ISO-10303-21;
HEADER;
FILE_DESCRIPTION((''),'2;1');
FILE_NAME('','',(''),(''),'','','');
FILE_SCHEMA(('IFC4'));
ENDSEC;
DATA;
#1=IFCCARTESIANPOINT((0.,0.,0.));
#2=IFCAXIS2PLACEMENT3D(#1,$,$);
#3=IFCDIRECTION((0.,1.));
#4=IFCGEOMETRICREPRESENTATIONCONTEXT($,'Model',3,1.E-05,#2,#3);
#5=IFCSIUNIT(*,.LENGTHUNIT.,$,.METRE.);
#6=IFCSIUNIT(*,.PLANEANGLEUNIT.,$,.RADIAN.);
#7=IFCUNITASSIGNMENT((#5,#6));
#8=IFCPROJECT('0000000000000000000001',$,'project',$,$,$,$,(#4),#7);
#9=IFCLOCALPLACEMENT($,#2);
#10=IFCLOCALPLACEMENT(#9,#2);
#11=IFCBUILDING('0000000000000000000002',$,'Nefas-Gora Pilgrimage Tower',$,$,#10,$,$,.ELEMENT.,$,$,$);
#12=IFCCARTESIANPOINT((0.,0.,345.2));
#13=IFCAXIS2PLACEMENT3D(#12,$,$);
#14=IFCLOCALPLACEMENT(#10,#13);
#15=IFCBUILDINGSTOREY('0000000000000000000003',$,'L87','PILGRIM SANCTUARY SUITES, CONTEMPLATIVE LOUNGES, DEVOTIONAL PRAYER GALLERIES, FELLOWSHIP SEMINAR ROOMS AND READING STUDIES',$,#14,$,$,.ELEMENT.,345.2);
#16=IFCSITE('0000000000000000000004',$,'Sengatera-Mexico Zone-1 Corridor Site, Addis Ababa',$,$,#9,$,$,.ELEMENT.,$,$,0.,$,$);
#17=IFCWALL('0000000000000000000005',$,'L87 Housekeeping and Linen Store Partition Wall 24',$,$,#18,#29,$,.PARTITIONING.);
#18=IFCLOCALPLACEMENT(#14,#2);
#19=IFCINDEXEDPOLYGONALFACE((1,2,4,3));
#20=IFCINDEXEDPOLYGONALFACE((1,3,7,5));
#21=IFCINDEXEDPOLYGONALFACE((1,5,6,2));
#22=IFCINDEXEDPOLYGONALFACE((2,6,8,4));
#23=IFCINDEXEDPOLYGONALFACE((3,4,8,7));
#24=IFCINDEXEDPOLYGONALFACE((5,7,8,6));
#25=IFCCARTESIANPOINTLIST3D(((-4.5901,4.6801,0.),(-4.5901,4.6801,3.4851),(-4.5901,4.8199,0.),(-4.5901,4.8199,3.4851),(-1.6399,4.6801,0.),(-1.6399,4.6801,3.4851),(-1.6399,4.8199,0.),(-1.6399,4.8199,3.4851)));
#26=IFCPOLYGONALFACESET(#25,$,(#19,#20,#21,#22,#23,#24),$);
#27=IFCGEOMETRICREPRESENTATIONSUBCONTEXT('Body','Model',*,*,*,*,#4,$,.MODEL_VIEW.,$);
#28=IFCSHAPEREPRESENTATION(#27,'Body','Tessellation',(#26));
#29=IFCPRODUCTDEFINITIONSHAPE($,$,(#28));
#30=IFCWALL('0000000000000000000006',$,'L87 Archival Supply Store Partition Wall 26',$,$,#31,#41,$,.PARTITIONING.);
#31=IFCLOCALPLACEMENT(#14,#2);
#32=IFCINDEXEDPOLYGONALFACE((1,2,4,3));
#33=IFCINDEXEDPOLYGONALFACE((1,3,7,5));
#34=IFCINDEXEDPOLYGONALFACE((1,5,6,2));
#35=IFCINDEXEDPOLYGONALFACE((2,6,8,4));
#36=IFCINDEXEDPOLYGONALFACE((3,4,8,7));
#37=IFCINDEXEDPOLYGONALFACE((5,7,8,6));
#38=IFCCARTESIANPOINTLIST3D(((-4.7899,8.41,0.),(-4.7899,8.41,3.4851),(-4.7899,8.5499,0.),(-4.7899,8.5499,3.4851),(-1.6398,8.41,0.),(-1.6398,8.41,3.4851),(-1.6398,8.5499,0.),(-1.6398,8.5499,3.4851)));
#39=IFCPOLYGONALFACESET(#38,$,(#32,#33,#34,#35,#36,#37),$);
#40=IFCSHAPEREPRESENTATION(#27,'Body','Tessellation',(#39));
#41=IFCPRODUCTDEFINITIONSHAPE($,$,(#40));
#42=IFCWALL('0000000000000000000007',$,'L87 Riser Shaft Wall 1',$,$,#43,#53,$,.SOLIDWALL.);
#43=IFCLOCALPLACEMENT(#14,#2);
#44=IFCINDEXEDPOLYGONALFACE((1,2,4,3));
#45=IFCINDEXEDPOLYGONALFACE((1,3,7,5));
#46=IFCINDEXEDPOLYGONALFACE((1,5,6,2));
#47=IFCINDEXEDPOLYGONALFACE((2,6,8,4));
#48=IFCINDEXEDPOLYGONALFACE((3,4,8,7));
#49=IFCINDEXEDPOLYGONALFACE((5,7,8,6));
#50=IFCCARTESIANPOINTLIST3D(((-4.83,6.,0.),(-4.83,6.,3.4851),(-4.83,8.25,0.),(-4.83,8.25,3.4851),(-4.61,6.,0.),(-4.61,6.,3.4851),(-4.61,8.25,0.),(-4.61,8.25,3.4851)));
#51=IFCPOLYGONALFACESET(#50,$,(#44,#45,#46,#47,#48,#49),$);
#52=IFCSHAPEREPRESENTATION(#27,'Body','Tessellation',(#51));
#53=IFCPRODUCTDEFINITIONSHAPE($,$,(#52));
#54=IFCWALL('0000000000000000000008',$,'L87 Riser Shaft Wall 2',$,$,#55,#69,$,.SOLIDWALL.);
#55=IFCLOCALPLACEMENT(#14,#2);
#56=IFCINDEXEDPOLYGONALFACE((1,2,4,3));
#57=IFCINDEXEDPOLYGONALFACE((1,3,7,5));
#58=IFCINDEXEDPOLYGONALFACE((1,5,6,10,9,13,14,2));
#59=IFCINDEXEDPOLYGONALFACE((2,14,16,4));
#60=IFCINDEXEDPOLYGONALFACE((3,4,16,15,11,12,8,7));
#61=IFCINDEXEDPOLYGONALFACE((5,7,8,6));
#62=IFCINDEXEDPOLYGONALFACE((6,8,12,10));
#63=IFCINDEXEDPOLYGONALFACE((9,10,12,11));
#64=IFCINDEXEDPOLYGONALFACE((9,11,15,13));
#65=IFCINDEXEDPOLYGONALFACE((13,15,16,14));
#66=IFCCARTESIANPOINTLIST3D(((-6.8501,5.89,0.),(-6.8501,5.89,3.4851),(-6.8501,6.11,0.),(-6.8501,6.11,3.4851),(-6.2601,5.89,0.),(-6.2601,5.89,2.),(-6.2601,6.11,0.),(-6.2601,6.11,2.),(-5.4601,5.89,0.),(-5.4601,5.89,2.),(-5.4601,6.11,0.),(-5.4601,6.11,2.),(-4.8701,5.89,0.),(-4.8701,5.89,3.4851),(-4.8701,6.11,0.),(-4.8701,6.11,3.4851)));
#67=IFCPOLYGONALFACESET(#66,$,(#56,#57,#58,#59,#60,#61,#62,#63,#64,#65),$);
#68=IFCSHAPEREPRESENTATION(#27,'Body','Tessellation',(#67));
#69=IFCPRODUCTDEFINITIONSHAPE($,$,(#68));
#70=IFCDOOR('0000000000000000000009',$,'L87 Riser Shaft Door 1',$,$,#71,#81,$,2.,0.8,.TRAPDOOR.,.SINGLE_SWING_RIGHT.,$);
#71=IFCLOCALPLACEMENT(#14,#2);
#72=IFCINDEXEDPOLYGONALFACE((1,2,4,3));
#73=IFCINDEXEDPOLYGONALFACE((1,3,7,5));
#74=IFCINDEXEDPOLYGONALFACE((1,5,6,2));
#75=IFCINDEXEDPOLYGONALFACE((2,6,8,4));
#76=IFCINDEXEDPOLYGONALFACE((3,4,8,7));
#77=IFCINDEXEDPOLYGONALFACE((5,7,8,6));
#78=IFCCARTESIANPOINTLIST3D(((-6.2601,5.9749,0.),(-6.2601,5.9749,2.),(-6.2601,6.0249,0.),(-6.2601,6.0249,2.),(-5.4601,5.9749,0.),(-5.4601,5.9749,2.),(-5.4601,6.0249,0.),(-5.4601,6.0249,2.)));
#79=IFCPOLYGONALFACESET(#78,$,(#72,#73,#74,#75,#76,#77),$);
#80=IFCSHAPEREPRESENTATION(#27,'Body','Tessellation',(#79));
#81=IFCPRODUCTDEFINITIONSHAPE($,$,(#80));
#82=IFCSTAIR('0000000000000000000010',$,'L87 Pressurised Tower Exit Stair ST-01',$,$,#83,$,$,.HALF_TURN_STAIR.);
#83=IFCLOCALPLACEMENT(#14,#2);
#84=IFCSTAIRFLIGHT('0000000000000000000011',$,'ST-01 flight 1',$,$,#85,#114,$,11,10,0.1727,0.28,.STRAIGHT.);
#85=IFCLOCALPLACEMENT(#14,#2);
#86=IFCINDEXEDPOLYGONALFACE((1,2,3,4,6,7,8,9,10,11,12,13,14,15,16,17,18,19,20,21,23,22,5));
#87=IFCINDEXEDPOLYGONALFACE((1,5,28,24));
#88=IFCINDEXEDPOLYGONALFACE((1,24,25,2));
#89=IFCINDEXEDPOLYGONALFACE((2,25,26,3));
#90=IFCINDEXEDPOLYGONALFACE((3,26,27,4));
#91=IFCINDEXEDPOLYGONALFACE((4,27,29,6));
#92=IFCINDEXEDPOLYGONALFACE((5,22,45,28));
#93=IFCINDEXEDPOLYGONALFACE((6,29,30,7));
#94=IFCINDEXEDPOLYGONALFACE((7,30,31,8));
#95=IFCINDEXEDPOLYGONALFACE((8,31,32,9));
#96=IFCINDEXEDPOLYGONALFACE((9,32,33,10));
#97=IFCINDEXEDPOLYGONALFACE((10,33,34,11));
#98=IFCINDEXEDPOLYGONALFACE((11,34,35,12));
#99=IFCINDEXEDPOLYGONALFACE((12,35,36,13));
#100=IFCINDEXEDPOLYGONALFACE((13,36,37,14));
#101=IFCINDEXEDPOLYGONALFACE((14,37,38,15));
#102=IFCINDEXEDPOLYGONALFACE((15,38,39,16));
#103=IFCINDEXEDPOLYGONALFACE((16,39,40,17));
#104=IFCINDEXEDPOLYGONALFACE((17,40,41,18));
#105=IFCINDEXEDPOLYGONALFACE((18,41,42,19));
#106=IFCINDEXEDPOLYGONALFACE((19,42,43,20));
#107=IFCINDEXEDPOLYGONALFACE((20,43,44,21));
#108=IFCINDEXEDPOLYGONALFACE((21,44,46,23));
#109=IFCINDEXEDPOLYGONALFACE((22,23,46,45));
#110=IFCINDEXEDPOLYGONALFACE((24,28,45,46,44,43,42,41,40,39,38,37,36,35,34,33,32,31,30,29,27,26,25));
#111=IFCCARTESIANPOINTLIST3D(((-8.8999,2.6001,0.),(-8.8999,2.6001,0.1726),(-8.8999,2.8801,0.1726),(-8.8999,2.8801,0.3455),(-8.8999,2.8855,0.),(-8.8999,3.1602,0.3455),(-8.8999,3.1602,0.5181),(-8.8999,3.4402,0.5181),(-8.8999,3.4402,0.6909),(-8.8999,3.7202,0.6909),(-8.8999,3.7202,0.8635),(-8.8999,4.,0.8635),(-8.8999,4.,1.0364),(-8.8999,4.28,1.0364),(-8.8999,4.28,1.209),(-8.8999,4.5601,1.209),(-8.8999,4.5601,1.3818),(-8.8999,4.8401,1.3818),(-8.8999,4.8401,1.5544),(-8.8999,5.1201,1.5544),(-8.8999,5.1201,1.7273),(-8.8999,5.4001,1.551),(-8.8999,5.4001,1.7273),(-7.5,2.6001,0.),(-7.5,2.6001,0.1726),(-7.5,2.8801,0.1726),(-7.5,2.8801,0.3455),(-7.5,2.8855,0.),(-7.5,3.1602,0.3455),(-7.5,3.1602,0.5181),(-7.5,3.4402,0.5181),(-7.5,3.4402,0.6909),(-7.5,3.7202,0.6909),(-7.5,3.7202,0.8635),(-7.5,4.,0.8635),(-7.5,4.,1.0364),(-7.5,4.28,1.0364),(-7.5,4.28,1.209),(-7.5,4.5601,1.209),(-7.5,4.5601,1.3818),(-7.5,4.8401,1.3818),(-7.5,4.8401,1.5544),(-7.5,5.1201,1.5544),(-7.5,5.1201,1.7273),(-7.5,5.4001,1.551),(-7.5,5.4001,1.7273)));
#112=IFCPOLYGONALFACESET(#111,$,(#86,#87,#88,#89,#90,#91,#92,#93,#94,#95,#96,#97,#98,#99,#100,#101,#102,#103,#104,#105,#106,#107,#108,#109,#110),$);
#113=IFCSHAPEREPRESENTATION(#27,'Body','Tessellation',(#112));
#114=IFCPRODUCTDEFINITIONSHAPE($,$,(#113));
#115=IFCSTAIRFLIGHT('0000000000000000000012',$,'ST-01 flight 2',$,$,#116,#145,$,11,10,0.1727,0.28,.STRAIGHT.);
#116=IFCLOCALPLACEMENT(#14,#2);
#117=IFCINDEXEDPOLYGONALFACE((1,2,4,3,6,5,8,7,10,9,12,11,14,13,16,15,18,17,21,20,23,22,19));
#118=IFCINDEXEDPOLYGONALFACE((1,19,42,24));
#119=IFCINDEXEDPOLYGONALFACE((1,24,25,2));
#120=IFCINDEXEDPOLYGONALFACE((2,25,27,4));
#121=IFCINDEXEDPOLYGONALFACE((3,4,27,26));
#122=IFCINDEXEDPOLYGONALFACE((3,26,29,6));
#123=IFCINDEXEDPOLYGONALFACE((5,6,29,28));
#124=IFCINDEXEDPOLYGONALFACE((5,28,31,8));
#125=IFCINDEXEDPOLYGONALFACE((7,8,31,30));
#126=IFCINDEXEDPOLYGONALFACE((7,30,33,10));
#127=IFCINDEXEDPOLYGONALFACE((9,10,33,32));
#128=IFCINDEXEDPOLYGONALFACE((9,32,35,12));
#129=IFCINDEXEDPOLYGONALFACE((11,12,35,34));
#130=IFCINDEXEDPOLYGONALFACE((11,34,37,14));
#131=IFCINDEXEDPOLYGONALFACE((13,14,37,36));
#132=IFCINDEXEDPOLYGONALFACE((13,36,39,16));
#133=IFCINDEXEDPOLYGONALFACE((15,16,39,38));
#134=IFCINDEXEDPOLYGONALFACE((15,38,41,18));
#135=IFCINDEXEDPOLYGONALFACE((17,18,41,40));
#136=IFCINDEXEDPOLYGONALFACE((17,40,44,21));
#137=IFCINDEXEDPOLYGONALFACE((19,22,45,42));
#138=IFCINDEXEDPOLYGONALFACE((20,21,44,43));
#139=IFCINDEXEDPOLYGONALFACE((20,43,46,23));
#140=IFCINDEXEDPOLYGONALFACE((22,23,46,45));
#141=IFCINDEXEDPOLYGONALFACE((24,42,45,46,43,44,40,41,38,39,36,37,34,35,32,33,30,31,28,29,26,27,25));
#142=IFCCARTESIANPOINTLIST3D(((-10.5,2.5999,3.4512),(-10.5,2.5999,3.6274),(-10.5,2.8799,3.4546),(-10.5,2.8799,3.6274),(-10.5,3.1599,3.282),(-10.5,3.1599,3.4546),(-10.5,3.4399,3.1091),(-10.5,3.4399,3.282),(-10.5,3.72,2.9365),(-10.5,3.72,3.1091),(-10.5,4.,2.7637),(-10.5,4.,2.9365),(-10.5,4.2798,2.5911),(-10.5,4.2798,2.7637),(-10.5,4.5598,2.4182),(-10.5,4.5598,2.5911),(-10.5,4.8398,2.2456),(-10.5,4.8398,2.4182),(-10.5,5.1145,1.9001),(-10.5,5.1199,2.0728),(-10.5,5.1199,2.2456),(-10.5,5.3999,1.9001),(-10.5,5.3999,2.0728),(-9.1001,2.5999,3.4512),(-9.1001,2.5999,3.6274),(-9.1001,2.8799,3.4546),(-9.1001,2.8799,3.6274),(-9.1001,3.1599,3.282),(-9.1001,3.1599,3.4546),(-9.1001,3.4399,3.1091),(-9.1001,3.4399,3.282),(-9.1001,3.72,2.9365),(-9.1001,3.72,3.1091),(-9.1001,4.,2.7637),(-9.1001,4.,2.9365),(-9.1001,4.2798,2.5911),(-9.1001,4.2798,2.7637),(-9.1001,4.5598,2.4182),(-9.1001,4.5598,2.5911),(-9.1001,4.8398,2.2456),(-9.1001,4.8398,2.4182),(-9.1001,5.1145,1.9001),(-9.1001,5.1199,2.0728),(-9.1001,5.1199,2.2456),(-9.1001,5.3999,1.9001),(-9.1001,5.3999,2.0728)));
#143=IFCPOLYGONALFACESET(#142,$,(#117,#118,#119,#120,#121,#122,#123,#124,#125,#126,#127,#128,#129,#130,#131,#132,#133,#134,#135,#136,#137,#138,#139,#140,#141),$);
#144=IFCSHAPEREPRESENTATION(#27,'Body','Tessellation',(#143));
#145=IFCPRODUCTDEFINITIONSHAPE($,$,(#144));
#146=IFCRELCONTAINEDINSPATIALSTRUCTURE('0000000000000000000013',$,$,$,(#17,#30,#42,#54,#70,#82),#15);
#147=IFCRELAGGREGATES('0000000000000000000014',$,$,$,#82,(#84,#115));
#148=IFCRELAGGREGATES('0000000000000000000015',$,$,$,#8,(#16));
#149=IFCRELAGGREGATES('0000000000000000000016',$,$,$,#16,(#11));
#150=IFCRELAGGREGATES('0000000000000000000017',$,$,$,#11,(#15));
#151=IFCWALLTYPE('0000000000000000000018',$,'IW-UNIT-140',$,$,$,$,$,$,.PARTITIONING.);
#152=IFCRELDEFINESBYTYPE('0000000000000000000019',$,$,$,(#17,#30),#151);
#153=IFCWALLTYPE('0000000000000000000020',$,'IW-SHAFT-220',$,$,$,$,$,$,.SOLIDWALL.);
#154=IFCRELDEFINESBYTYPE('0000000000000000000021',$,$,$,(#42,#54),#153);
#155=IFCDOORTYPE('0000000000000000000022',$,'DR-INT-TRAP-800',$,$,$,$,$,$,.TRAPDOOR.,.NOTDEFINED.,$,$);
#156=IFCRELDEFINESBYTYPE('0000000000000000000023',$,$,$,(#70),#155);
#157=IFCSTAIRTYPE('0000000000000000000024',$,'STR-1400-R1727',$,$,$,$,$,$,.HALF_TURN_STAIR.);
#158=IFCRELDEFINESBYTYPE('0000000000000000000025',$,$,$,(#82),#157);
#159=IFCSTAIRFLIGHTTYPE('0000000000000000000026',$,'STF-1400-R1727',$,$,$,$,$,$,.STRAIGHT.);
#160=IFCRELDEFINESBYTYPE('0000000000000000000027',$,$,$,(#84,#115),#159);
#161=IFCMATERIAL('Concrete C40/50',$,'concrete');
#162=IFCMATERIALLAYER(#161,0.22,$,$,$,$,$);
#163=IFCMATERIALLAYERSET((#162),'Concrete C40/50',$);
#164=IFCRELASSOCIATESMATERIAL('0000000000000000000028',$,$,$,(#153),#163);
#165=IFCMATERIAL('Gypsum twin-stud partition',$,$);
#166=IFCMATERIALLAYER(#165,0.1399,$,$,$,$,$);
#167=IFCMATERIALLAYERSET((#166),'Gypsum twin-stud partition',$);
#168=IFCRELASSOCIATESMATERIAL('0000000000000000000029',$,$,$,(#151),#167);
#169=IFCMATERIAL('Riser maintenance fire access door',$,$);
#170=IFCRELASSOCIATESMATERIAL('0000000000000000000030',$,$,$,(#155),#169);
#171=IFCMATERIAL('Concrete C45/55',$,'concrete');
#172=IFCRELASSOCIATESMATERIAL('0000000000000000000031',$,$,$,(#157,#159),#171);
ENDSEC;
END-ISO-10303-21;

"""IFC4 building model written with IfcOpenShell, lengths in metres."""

from ifc_helpers import new_model, si_unit, direction, frame, frame_2d, origin, place, context, subcontext, project, spatial, polyline, rectangle, outline, extrude, source, transform, mapped, material, layer, layer_set, type_object, element, fill, aggregate, save


model = new_model("IFC4")

# Units and contexts
model_context = context("Model", 3, precision=1e-05, world=origin(), true_north=direction((0.0, 1.0)))
body_context = subcontext(model_context, "Body", "Model", "MODEL_VIEW")
ifc_project = project(units=[si_unit("LENGTHUNIT", "METRE"), si_unit("PLANEANGLEUNIT", "RADIAN")], contexts=[model_context])

# Site, building, storey
site_placement = place(None, origin())
site = spatial("IfcSite", under=ifc_project, at=site_placement, Name="Sengatera-Mexico Zone-1 Corridor Site, Addis Ababa", CompositionType="ELEMENT", RefElevation=0.0)
building_placement = place(site_placement, origin())
building = spatial("IfcBuilding", under=site, at=building_placement, Name="Nefas-Gora Pilgrimage Tower", CompositionType="ELEMENT")
storey_placement = place(building_placement, frame((0.0, 0.0, 345.2)))
storey = spatial("IfcBuildingStorey", under=building, at=storey_placement, Name="L87", Description="PILGRIM SANCTUARY SUITES, CONTEMPLATIVE LOUNGES, DEVOTIONAL PRAYER GALLERIES, FELLOWSHIP SEMINAR ROOMS AND READING STUDIES", CompositionType="ELEMENT", Elevation=345.2)

# Shared definitions
ifc_material_1 = material(Name="Concrete C45/55", Category="concrete")

# Shared definitions
ifc_material_2 = material(Name="Concrete C40/50", Category="concrete")
ifc_layer_1 = layer(ifc_material_2, 0.22)
ifc_layer_set_1 = layer_set([ifc_layer_1], Name="Concrete C40/50")
wall_type_1 = type_object("IfcWallType", Name="IW-SHAFT-220", PredefinedType="SOLIDWALL", material=ifc_layer_set_1)

# Walls
ifc_material_3 = material(Name="Gypsum twin-stud partition")
ifc_layer_2 = layer(ifc_material_3, 0.1399)
ifc_layer_set_2 = layer_set([ifc_layer_2], Name="Gypsum twin-stud partition")
wall_type_2 = type_object("IfcWallType", Name="IW-UNIT-140", PredefinedType="PARTITIONING", material=ifc_layer_set_2)
shared_shape_1 = source(origin(), body_context, "Body", "SweptSolid", [
    extrude(rectangle(XDim=2.9502, YDim=0.1399, at=frame_2d((1.4751, 0.0))), origin(), (0.0, 0.0, 1.0), 3.4851),
])
wall_1_placement = place(storey_placement, frame((-4.5901, 4.75, 0.0), z_axis=(0.0, 0.0, 1.0), x_axis=(1.0, 0.0, 0.0)))
element("IfcWall", 1, at=wall_1_placement, inside=storey, type_object=wall_type_2, Name="L87 Housekeeping and Linen Store Partition Wall 24", PredefinedType="PARTITIONING", context=body_context, shape_type="MappedRepresentation", body=[
    mapped(shared_shape_1, transform((0.0, 0.0, 0.0), x_axis=(1.0, 0.0, 0.0), y_axis=(0.0, 1.0, 0.0), z_axis=(0.0, 0.0, 1.0), scale=1.0)),
])
shared_shape_2 = source(origin(), body_context, "Body", "SweptSolid", [
    extrude(rectangle(XDim=3.1501, YDim=0.1399, at=frame_2d((1.5752, 0.0))), origin(), (0.0, 0.0, 1.0), 3.4851),
])
wall_2_placement = place(storey_placement, frame((-4.79, 8.48, 0.0), z_axis=(0.0, 0.0, 1.0), x_axis=(1.0, 0.0, 0.0)))
element("IfcWall", 2, at=wall_2_placement, inside=storey, type_object=wall_type_2, Name="L87 Archival Supply Store Partition Wall 26", PredefinedType="PARTITIONING", context=body_context, shape_type="MappedRepresentation", body=[
    mapped(shared_shape_2, transform((0.0, 0.0, 0.0), x_axis=(1.0, 0.0, 0.0), y_axis=(0.0, 1.0, 0.0), z_axis=(0.0, 0.0, 1.0), scale=1.0)),
])
shared_shape_3 = source(origin(), body_context, "Body", "SweptSolid", [
    extrude(rectangle(XDim=2.25, YDim=0.22, at=frame_2d((1.125, 0.0))), origin(), (0.0, 0.0, 1.0), 3.4851),
])
wall_3_placement = place(storey_placement, frame((-4.72, 6.0, 0.0), z_axis=(0.0, 0.0, 1.0), x_axis=(0.0, 1.0, 0.0)))
element("IfcWall", 3, at=wall_3_placement, inside=storey, type_object=wall_type_1, Name="L87 Riser Shaft Wall 1", PredefinedType="SOLIDWALL", context=body_context, shape_type="MappedRepresentation", body=[
    mapped(shared_shape_3, transform((0.0, 0.0, 0.0), x_axis=(1.0, 0.0, 0.0), y_axis=(0.0, 1.0, 0.0), z_axis=(0.0, 0.0, 1.0), scale=1.0)),
])

# Wall, opening, door
shared_shape_4 = source(origin(), body_context, "Body", "SweptSolid", [
    extrude(rectangle(XDim=1.98, YDim=0.22, at=frame_2d((0.99, 0.0))), origin(), (0.0, 0.0, 1.0), 3.4851),
])
wall_4_placement = place(storey_placement, frame((-6.8501, 6.0, 0.0), z_axis=(0.0, 0.0, 1.0), x_axis=(1.0, 0.0, 0.0)))
wall_4 = element("IfcWall", 4, at=wall_4_placement, inside=storey, type_object=wall_type_1, Name="L87 Riser Shaft Wall 2", PredefinedType="SOLIDWALL", context=body_context, shape_type="MappedRepresentation", body=[
    mapped(shared_shape_4, transform((0.0, 0.0, 0.0), x_axis=(1.0, 0.0, 0.0), y_axis=(0.0, 1.0, 0.0), z_axis=(0.0, 0.0, 1.0), scale=1.0)),
])
opening_1_placement = place(wall_4_placement, frame((0.5901, 0.0, 0.0)))
opening_1 = element("IfcOpeningElement", 5, at=opening_1_placement, cuts=wall_4, PredefinedType="OPENING", context=body_context, shape_type="SweptSolid", body=[
    extrude(rectangle(XDim=0.8, YDim=2.0, at=frame_2d((0.3999, 1.0))), frame((0.0, 0.1199, 0.0), z_axis=(0.0, -1.0, 0.0), x_axis=(1.0, 0.0, 0.0)), (0.0, 0.0, 1.0), 0.24),
])
ifc_material_4 = material(Name="Riser maintenance fire access door")
door_type_1 = type_object("IfcDoorType", Name="DR-INT-TRAP-800", OperationType="NOTDEFINED", PredefinedType="TRAPDOOR", material=ifc_material_4)
shared_shape_5 = source(origin(), body_context, "Body", "SweptSolid", [
    extrude(rectangle(XDim=0.8, YDim=2.0, at=frame_2d((0.3999, 1.0))), frame((0.0, 0.0249, 0.0), z_axis=(0.0, -1.0, 0.0), x_axis=(1.0, 0.0, 0.0)), (0.0, 0.0, 1.0), 0.05),
])
door_1_placement = place(opening_1_placement, origin())
door_1 = element("IfcDoor", 6, at=door_1_placement, inside=storey, type_object=door_type_1, Name="L87 Riser Shaft Door 1", OperationType="SINGLE_SWING_RIGHT", OverallHeight=2.0, OverallWidth=0.8, PredefinedType="TRAPDOOR", context=body_context, shape_type="MappedRepresentation", body=[
    mapped(shared_shape_5, transform((0.0, 0.0, 0.0), x_axis=(1.0, 0.0, 0.0), y_axis=(0.0, 1.0, 0.0), z_axis=(0.0, 0.0, 1.0), scale=1.0)),
])
fill(opening_1, door_1)

# Stair, stair flights
stair_type = type_object("IfcStairType", Name="STR-1400-R1727", PredefinedType="HALF_TURN_STAIR", material=ifc_material_1)
stair_placement = place(storey_placement, origin())
stair = element("IfcStair", 7, at=stair_placement, inside=storey, type_object=stair_type, Name="L87 Pressurised Tower Exit Stair ST-01", PredefinedType="HALF_TURN_STAIR")
stair_flight_type = type_object("IfcStairFlightType", Name="STF-1400-R1727", PredefinedType="STRAIGHT", material=ifc_material_1)
shared_shape_6 = source(origin(), body_context, "Body", "SweptSolid", [
    extrude(outline(polyline([(0.0, 0.0), (0.0, 0.1726), (0.28, 0.1726), (0.28, 0.3455), (0.5601, 0.3455), (0.5601, 0.5181), (0.8401, 0.5181), (0.8401, 0.6909), (1.1201, 0.6909), (1.1201, 0.8635), (1.3999, 0.8635), (1.3999, 1.0364), (1.6799, 1.0364), (1.6799, 1.209), (1.96, 1.209), (1.96, 1.3818), (2.24, 1.3818), (2.24, 1.5544), (2.52, 1.5544), (2.52, 1.7273), (2.8, 1.7273), (2.8, 1.8999), (2.8, 1.551), (0.2854, 0.0), (0.0, 0.0)])), frame((0.0, 0.7, 0.0), z_axis=(0.0, -1.0, 0.0), x_axis=(1.0, 0.0, 0.0)), (0.0, 0.0, 1.0), 1.3999),
])
stair_flight_1_placement = place(storey_placement, frame((-8.2, 2.6001, 0.0), z_axis=(0.0, 0.0, 1.0), x_axis=(0.0, 1.0, 0.0)))
stair_flight_1 = element("IfcStairFlight", 8, at=stair_flight_1_placement, type_object=stair_flight_type, Name="ST-01 flight 1", NumberOfRisers=11, NumberOfTreads=10, PredefinedType="STRAIGHT", RiserHeight=0.1727, TreadLength=0.28, context=body_context, shape_type="MappedRepresentation", body=[
    mapped(shared_shape_6, transform((0.0, 0.0, 0.0), x_axis=(1.0, 0.0, 0.0), y_axis=(0.0, 1.0, 0.0), z_axis=(0.0, 0.0, 1.0), scale=1.0)),
])
stair_flight_2_placement = place(storey_placement, frame((-9.8, 5.3999, 1.9001), z_axis=(0.0, 0.0, 1.0), x_axis=(0.0, -1.0, 0.0)))
stair_flight_2 = element("IfcStairFlight", 9, at=stair_flight_2_placement, type_object=stair_flight_type, Name="ST-01 flight 2", NumberOfRisers=11, NumberOfTreads=10, PredefinedType="STRAIGHT", RiserHeight=0.1727, TreadLength=0.28, context=body_context, shape_type="MappedRepresentation", body=[
    mapped(shared_shape_6, transform((0.0, 0.0, 0.0), x_axis=(1.0, 0.0, 0.0), y_axis=(0.0, 1.0, 0.0), z_axis=(0.0, 0.0, 1.0), scale=1.0)),
])
aggregate(stair, [stair_flight_1, stair_flight_2])

save(model, "model.ifc")
